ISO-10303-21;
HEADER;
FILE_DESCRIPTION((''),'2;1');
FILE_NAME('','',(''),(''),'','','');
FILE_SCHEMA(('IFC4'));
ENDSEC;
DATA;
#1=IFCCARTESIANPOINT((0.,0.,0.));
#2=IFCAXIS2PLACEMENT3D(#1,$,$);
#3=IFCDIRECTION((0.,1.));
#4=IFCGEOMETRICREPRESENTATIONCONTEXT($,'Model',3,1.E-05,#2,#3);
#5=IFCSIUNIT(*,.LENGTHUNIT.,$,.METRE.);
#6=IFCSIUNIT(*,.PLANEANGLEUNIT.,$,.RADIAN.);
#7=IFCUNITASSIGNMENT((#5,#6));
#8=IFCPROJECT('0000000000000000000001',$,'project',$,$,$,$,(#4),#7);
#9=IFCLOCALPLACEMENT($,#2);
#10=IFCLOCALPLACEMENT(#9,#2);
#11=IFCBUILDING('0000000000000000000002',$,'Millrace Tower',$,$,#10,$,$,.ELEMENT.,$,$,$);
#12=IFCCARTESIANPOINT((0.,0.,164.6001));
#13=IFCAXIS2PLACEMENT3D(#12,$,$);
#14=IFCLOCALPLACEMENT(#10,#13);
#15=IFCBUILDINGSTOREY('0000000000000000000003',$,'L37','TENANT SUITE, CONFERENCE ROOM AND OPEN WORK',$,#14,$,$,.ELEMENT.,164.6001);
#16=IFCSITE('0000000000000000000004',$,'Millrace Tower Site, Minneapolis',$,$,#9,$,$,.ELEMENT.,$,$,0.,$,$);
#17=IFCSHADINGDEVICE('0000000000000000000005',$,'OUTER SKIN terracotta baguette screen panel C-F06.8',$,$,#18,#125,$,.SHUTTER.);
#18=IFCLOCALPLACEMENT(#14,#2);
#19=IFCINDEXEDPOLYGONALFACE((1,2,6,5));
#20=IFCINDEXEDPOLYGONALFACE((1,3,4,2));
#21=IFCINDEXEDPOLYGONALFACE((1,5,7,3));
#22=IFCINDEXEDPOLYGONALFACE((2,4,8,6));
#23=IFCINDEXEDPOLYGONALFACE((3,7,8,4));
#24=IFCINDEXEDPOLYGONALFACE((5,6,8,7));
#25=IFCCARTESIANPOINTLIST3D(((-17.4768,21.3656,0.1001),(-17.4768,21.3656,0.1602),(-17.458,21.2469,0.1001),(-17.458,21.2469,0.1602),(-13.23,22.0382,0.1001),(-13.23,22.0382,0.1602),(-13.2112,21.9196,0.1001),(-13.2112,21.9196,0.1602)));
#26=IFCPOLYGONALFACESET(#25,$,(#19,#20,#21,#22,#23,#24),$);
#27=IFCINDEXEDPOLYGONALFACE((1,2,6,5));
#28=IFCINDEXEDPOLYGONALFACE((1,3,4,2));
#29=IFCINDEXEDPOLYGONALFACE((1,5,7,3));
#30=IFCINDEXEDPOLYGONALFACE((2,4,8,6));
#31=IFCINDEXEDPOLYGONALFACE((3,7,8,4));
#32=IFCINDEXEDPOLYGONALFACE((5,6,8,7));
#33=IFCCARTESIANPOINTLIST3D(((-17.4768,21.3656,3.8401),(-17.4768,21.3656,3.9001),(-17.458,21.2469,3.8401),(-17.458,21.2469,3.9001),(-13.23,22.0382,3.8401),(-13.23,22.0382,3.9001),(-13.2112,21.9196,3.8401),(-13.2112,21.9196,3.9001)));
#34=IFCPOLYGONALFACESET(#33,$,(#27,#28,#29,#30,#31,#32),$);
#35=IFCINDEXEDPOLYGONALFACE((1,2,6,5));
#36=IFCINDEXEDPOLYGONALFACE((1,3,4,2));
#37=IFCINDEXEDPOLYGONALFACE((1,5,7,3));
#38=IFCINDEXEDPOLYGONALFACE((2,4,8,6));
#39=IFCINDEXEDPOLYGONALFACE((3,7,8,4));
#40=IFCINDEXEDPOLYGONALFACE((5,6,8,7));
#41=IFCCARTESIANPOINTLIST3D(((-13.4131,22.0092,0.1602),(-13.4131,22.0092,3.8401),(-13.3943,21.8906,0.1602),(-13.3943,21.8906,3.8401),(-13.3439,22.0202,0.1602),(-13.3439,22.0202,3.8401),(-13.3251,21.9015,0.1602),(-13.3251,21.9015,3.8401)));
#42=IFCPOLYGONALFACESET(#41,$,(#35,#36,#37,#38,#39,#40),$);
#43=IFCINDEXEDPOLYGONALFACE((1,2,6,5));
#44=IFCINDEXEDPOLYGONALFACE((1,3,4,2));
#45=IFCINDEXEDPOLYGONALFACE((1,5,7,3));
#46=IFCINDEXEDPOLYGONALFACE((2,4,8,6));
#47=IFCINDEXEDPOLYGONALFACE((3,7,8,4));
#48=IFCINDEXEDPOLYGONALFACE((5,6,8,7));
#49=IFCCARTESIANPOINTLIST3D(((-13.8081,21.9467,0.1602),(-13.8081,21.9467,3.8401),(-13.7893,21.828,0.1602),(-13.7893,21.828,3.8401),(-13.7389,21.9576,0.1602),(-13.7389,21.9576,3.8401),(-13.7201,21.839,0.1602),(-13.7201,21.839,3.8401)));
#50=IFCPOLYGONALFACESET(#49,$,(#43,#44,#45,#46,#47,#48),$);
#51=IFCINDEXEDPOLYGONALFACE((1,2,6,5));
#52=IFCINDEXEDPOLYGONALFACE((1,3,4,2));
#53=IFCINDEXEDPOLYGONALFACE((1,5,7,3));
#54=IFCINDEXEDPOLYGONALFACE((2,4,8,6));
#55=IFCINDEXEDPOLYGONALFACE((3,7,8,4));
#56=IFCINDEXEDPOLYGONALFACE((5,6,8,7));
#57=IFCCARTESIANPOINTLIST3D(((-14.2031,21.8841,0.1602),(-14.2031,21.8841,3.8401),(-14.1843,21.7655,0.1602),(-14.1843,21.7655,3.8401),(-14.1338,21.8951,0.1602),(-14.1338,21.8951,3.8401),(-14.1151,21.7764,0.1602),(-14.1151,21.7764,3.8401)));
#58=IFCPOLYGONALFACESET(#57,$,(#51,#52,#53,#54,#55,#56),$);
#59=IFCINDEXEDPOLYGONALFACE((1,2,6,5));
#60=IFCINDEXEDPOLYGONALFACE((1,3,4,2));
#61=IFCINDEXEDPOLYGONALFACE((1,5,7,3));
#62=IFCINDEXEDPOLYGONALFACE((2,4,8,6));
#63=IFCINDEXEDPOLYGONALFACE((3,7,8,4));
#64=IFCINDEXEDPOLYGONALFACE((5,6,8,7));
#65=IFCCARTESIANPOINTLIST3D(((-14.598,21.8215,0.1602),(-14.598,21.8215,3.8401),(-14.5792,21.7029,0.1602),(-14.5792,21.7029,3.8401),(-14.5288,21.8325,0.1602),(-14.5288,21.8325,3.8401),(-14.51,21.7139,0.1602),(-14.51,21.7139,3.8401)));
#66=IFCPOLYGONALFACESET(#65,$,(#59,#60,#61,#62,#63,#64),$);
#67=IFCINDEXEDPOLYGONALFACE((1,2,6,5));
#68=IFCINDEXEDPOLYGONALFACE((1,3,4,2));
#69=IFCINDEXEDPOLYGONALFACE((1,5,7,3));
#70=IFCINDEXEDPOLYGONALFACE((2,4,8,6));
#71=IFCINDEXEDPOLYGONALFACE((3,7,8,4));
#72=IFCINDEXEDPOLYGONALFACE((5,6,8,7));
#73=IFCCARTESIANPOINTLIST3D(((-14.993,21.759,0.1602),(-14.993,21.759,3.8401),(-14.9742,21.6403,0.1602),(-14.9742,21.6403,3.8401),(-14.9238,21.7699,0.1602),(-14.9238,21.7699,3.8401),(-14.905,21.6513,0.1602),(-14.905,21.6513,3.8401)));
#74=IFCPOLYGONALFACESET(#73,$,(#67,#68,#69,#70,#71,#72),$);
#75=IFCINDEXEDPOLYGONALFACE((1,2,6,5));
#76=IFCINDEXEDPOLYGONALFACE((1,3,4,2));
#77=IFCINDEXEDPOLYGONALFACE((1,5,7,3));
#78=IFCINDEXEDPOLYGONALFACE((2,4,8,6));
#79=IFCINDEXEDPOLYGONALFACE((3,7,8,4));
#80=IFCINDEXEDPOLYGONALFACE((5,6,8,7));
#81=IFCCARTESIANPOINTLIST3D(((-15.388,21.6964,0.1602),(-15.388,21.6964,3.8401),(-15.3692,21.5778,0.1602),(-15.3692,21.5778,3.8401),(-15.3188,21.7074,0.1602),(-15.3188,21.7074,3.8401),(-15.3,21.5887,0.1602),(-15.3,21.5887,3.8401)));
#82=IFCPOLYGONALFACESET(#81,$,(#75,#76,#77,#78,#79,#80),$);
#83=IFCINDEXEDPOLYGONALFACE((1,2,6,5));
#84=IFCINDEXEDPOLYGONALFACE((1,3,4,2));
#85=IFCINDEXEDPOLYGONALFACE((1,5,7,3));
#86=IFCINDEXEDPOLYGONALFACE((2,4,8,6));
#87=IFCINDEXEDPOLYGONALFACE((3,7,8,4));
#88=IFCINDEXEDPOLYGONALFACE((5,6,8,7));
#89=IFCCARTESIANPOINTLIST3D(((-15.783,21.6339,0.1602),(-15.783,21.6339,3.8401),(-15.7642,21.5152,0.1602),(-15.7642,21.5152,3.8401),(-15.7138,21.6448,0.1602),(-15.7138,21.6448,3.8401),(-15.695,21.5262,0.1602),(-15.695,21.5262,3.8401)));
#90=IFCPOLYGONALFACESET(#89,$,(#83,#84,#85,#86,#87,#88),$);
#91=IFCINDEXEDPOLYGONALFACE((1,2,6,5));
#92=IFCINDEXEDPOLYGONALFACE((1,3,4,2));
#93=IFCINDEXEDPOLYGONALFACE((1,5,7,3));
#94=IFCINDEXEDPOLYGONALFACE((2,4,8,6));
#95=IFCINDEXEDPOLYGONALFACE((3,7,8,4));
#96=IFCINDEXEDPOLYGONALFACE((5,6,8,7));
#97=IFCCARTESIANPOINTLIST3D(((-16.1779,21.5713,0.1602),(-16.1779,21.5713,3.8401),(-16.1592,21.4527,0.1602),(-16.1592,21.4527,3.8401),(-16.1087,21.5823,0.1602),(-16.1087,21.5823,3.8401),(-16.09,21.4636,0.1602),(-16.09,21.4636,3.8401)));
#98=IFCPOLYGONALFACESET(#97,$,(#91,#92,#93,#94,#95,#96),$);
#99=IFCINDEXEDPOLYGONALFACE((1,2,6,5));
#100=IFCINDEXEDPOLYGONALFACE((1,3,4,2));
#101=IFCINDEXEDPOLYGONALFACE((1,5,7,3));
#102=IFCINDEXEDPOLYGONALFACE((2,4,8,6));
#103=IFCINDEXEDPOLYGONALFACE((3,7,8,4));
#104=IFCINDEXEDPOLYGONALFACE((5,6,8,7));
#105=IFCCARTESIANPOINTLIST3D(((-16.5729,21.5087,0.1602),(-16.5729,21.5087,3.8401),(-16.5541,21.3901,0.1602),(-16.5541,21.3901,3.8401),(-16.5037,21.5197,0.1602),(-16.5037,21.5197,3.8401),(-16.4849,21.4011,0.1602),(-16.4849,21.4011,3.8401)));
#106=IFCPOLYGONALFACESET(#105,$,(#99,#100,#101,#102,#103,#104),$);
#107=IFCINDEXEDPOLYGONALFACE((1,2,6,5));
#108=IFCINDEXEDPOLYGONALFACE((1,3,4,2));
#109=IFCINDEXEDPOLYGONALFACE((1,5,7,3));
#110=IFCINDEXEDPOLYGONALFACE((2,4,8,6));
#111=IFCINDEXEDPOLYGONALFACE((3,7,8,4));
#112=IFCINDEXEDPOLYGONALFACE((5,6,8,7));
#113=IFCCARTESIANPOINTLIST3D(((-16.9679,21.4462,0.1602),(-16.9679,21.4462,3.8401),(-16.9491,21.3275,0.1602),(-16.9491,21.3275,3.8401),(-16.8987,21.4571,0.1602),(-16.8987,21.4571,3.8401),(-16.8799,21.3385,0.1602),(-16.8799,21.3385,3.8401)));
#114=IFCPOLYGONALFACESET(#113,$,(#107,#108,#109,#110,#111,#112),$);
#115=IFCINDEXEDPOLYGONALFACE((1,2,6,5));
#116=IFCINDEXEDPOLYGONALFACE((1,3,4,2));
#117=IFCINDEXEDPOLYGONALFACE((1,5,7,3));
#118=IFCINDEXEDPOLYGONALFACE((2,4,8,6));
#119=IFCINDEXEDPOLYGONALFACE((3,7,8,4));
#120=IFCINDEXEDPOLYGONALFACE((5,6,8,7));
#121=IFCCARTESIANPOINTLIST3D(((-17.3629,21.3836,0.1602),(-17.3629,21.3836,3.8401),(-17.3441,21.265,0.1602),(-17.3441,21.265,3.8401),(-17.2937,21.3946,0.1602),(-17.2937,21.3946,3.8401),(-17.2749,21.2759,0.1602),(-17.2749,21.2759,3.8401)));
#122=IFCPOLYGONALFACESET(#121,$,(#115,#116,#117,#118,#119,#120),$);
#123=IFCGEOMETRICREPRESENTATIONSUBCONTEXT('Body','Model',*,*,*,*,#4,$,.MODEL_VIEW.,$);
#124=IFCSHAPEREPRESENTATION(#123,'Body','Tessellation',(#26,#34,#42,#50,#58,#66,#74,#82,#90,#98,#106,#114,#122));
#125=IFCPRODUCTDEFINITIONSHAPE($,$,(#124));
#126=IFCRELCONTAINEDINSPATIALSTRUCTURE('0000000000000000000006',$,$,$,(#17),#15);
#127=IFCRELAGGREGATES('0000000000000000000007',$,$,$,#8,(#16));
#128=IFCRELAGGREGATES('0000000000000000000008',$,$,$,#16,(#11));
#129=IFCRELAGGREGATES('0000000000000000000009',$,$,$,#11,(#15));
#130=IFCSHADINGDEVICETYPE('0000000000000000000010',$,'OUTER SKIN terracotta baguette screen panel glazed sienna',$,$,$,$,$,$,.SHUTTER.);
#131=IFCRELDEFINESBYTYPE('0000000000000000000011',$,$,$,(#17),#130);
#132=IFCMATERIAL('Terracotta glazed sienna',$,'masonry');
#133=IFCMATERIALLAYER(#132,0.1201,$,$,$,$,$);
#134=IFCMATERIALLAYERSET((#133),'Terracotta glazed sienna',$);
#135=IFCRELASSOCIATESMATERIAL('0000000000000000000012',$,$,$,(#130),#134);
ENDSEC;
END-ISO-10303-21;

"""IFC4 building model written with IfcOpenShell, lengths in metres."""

from ifc_helpers import new_model, entity, si_unit, direction, frame, frame_2d, origin, origin_2d, place, context, subcontext, project, spatial, rectangle, extrude, source, transform, mapped, material, layer, layer_set, type_object, element, save


model = new_model("IFC4")

# Units and contexts
model_context = context("Model", 3, precision=1e-05, world=origin(), true_north=direction((0.0, 1.0)))
body_context = subcontext(model_context, "Body", "Model", "MODEL_VIEW")
ifc_project = project(units=[si_unit("LENGTHUNIT", "METRE"), si_unit("PLANEANGLEUNIT", "RADIAN")], contexts=[model_context])

# Site, building, storey
site_placement = place(None, origin())
site = spatial("IfcSite", under=ifc_project, at=site_placement, Name="Millrace Tower Site, Minneapolis", CompositionType="ELEMENT", RefElevation=0.0)
building_placement = place(site_placement, origin())
building = spatial("IfcBuilding", under=site, at=building_placement, Name="Millrace Tower", CompositionType="ELEMENT")
storey_placement = place(building_placement, frame((0.0, 0.0, 164.6001)))
storey = spatial("IfcBuildingStorey", under=building, at=storey_placement, Name="L37", Description="TENANT SUITE, CONFERENCE ROOM AND OPEN WORK", CompositionType="ELEMENT", Elevation=164.6001)

# Shading device
ifc_material_1 = material(Name="Terracotta glazed sienna", Category="masonry")
ifc_layer_1 = layer(ifc_material_1, 0.1201)
ifc_layer_set_1 = layer_set([ifc_layer_1], Name="Terracotta glazed sienna")
shading_device_type = type_object("IfcShadingDeviceType", Name="OUTER SKIN terracotta baguette screen panel glazed sienna", PredefinedType="SHUTTER", material=ifc_layer_set_1)
cartesian_point_1 = entity("IfcCartesianPoint", [-2.1499, 0.0601])
shared_polyline_1 = entity("IfcPolyline", [cartesian_point_1, entity("IfcCartesianPoint", [2.1499, 0.0601]), entity("IfcCartesianPoint", [2.1499, -0.0601]), entity("IfcCartesianPoint", [-2.1499, -0.0601]), cartesian_point_1])
shared_shape_1 = source(origin(), body_context, "Body", "SweptSolid", [
    entity("IfcExtrudedAreaSolid", entity("IfcArbitraryClosedProfileDef", "AREA", None, shared_polyline_1), entity("IfcAxis2Placement3D", entity("IfcCartesianPoint", [0.0, 0.0, 0.0])), entity("IfcDirection", [0.0, 0.0, 1.0]), 0.0601),
    entity("IfcExtrudedAreaSolid", entity("IfcArbitraryClosedProfileDef", "AREA", None, shared_polyline_1), entity("IfcAxis2Placement3D", entity("IfcCartesianPoint", [0.0, 0.0, 3.74])), entity("IfcDirection", [0.0, 0.0, 1.0]), 0.0601),
    extrude(rectangle(XDim=0.0701, YDim=0.1201, at=frame_2d((-1.9995, 0.0))), frame((0.0, 0.0, 0.0601)), (0.0, 0.0, 1.0), 3.6799),
    extrude(rectangle(XDim=0.0701, YDim=0.1201, at=frame_2d((-1.5996, 0.0))), frame((0.0, 0.0, 0.0601)), (0.0, 0.0, 1.0), 3.6799),
    extrude(rectangle(XDim=0.0701, YDim=0.1201, at=frame_2d((-1.1997, 0.0))), frame((0.0, 0.0, 0.0601)), (0.0, 0.0, 1.0), 3.6799),
    extrude(rectangle(XDim=0.0701, YDim=0.1201, at=frame_2d((-0.7998, 0.0))), frame((0.0, 0.0, 0.0601)), (0.0, 0.0, 1.0), 3.6799),
    extrude(rectangle(XDim=0.0701, YDim=0.1201, at=frame_2d((-0.3999, 0.0))), frame((0.0, 0.0, 0.0601)), (0.0, 0.0, 1.0), 3.6799),
    extrude(rectangle(XDim=0.0701, YDim=0.1201, at=origin_2d()), frame((0.0, 0.0, 0.0601)), (0.0, 0.0, 1.0), 3.6799),
    extrude(rectangle(XDim=0.0701, YDim=0.1201, at=frame_2d((0.3999, 0.0))), frame((0.0, 0.0, 0.0601)), (0.0, 0.0, 1.0), 3.6799),
    extrude(rectangle(XDim=0.0701, YDim=0.1201, at=frame_2d((0.7998, 0.0))), frame((0.0, 0.0, 0.0601)), (0.0, 0.0, 1.0), 3.6799),
    extrude(rectangle(XDim=0.0701, YDim=0.1201, at=frame_2d((1.1997, 0.0))), frame((0.0, 0.0, 0.0601)), (0.0, 0.0, 1.0), 3.6799),
    extrude(rectangle(XDim=0.0701, YDim=0.1201, at=frame_2d((1.5996, 0.0))), frame((0.0, 0.0, 0.0601)), (0.0, 0.0, 1.0), 3.6799),
    extrude(rectangle(XDim=0.0701, YDim=0.1201, at=frame_2d((1.9995, 0.0))), frame((0.0, 0.0, 0.0601)), (0.0, 0.0, 1.0), 3.6799),
])
shading_device_1_placement = place(storey_placement, frame((-15.344, 21.6426, 0.1001), z_axis=(0.0, 0.0, 1.0), x_axis=(-0.987688, -0.156434, 0.0)))
element("IfcShadingDevice", 1, at=shading_device_1_placement, inside=storey, type_object=shading_device_type, Name="OUTER SKIN terracotta baguette screen panel C-F06.8", PredefinedType="SHUTTER", context=body_context, shape_type="MappedRepresentation", body=[
    mapped(shared_shape_1, transform((0.0, 0.0, 0.0), scale=1.0)),
])

save(model, "model.ifc")
